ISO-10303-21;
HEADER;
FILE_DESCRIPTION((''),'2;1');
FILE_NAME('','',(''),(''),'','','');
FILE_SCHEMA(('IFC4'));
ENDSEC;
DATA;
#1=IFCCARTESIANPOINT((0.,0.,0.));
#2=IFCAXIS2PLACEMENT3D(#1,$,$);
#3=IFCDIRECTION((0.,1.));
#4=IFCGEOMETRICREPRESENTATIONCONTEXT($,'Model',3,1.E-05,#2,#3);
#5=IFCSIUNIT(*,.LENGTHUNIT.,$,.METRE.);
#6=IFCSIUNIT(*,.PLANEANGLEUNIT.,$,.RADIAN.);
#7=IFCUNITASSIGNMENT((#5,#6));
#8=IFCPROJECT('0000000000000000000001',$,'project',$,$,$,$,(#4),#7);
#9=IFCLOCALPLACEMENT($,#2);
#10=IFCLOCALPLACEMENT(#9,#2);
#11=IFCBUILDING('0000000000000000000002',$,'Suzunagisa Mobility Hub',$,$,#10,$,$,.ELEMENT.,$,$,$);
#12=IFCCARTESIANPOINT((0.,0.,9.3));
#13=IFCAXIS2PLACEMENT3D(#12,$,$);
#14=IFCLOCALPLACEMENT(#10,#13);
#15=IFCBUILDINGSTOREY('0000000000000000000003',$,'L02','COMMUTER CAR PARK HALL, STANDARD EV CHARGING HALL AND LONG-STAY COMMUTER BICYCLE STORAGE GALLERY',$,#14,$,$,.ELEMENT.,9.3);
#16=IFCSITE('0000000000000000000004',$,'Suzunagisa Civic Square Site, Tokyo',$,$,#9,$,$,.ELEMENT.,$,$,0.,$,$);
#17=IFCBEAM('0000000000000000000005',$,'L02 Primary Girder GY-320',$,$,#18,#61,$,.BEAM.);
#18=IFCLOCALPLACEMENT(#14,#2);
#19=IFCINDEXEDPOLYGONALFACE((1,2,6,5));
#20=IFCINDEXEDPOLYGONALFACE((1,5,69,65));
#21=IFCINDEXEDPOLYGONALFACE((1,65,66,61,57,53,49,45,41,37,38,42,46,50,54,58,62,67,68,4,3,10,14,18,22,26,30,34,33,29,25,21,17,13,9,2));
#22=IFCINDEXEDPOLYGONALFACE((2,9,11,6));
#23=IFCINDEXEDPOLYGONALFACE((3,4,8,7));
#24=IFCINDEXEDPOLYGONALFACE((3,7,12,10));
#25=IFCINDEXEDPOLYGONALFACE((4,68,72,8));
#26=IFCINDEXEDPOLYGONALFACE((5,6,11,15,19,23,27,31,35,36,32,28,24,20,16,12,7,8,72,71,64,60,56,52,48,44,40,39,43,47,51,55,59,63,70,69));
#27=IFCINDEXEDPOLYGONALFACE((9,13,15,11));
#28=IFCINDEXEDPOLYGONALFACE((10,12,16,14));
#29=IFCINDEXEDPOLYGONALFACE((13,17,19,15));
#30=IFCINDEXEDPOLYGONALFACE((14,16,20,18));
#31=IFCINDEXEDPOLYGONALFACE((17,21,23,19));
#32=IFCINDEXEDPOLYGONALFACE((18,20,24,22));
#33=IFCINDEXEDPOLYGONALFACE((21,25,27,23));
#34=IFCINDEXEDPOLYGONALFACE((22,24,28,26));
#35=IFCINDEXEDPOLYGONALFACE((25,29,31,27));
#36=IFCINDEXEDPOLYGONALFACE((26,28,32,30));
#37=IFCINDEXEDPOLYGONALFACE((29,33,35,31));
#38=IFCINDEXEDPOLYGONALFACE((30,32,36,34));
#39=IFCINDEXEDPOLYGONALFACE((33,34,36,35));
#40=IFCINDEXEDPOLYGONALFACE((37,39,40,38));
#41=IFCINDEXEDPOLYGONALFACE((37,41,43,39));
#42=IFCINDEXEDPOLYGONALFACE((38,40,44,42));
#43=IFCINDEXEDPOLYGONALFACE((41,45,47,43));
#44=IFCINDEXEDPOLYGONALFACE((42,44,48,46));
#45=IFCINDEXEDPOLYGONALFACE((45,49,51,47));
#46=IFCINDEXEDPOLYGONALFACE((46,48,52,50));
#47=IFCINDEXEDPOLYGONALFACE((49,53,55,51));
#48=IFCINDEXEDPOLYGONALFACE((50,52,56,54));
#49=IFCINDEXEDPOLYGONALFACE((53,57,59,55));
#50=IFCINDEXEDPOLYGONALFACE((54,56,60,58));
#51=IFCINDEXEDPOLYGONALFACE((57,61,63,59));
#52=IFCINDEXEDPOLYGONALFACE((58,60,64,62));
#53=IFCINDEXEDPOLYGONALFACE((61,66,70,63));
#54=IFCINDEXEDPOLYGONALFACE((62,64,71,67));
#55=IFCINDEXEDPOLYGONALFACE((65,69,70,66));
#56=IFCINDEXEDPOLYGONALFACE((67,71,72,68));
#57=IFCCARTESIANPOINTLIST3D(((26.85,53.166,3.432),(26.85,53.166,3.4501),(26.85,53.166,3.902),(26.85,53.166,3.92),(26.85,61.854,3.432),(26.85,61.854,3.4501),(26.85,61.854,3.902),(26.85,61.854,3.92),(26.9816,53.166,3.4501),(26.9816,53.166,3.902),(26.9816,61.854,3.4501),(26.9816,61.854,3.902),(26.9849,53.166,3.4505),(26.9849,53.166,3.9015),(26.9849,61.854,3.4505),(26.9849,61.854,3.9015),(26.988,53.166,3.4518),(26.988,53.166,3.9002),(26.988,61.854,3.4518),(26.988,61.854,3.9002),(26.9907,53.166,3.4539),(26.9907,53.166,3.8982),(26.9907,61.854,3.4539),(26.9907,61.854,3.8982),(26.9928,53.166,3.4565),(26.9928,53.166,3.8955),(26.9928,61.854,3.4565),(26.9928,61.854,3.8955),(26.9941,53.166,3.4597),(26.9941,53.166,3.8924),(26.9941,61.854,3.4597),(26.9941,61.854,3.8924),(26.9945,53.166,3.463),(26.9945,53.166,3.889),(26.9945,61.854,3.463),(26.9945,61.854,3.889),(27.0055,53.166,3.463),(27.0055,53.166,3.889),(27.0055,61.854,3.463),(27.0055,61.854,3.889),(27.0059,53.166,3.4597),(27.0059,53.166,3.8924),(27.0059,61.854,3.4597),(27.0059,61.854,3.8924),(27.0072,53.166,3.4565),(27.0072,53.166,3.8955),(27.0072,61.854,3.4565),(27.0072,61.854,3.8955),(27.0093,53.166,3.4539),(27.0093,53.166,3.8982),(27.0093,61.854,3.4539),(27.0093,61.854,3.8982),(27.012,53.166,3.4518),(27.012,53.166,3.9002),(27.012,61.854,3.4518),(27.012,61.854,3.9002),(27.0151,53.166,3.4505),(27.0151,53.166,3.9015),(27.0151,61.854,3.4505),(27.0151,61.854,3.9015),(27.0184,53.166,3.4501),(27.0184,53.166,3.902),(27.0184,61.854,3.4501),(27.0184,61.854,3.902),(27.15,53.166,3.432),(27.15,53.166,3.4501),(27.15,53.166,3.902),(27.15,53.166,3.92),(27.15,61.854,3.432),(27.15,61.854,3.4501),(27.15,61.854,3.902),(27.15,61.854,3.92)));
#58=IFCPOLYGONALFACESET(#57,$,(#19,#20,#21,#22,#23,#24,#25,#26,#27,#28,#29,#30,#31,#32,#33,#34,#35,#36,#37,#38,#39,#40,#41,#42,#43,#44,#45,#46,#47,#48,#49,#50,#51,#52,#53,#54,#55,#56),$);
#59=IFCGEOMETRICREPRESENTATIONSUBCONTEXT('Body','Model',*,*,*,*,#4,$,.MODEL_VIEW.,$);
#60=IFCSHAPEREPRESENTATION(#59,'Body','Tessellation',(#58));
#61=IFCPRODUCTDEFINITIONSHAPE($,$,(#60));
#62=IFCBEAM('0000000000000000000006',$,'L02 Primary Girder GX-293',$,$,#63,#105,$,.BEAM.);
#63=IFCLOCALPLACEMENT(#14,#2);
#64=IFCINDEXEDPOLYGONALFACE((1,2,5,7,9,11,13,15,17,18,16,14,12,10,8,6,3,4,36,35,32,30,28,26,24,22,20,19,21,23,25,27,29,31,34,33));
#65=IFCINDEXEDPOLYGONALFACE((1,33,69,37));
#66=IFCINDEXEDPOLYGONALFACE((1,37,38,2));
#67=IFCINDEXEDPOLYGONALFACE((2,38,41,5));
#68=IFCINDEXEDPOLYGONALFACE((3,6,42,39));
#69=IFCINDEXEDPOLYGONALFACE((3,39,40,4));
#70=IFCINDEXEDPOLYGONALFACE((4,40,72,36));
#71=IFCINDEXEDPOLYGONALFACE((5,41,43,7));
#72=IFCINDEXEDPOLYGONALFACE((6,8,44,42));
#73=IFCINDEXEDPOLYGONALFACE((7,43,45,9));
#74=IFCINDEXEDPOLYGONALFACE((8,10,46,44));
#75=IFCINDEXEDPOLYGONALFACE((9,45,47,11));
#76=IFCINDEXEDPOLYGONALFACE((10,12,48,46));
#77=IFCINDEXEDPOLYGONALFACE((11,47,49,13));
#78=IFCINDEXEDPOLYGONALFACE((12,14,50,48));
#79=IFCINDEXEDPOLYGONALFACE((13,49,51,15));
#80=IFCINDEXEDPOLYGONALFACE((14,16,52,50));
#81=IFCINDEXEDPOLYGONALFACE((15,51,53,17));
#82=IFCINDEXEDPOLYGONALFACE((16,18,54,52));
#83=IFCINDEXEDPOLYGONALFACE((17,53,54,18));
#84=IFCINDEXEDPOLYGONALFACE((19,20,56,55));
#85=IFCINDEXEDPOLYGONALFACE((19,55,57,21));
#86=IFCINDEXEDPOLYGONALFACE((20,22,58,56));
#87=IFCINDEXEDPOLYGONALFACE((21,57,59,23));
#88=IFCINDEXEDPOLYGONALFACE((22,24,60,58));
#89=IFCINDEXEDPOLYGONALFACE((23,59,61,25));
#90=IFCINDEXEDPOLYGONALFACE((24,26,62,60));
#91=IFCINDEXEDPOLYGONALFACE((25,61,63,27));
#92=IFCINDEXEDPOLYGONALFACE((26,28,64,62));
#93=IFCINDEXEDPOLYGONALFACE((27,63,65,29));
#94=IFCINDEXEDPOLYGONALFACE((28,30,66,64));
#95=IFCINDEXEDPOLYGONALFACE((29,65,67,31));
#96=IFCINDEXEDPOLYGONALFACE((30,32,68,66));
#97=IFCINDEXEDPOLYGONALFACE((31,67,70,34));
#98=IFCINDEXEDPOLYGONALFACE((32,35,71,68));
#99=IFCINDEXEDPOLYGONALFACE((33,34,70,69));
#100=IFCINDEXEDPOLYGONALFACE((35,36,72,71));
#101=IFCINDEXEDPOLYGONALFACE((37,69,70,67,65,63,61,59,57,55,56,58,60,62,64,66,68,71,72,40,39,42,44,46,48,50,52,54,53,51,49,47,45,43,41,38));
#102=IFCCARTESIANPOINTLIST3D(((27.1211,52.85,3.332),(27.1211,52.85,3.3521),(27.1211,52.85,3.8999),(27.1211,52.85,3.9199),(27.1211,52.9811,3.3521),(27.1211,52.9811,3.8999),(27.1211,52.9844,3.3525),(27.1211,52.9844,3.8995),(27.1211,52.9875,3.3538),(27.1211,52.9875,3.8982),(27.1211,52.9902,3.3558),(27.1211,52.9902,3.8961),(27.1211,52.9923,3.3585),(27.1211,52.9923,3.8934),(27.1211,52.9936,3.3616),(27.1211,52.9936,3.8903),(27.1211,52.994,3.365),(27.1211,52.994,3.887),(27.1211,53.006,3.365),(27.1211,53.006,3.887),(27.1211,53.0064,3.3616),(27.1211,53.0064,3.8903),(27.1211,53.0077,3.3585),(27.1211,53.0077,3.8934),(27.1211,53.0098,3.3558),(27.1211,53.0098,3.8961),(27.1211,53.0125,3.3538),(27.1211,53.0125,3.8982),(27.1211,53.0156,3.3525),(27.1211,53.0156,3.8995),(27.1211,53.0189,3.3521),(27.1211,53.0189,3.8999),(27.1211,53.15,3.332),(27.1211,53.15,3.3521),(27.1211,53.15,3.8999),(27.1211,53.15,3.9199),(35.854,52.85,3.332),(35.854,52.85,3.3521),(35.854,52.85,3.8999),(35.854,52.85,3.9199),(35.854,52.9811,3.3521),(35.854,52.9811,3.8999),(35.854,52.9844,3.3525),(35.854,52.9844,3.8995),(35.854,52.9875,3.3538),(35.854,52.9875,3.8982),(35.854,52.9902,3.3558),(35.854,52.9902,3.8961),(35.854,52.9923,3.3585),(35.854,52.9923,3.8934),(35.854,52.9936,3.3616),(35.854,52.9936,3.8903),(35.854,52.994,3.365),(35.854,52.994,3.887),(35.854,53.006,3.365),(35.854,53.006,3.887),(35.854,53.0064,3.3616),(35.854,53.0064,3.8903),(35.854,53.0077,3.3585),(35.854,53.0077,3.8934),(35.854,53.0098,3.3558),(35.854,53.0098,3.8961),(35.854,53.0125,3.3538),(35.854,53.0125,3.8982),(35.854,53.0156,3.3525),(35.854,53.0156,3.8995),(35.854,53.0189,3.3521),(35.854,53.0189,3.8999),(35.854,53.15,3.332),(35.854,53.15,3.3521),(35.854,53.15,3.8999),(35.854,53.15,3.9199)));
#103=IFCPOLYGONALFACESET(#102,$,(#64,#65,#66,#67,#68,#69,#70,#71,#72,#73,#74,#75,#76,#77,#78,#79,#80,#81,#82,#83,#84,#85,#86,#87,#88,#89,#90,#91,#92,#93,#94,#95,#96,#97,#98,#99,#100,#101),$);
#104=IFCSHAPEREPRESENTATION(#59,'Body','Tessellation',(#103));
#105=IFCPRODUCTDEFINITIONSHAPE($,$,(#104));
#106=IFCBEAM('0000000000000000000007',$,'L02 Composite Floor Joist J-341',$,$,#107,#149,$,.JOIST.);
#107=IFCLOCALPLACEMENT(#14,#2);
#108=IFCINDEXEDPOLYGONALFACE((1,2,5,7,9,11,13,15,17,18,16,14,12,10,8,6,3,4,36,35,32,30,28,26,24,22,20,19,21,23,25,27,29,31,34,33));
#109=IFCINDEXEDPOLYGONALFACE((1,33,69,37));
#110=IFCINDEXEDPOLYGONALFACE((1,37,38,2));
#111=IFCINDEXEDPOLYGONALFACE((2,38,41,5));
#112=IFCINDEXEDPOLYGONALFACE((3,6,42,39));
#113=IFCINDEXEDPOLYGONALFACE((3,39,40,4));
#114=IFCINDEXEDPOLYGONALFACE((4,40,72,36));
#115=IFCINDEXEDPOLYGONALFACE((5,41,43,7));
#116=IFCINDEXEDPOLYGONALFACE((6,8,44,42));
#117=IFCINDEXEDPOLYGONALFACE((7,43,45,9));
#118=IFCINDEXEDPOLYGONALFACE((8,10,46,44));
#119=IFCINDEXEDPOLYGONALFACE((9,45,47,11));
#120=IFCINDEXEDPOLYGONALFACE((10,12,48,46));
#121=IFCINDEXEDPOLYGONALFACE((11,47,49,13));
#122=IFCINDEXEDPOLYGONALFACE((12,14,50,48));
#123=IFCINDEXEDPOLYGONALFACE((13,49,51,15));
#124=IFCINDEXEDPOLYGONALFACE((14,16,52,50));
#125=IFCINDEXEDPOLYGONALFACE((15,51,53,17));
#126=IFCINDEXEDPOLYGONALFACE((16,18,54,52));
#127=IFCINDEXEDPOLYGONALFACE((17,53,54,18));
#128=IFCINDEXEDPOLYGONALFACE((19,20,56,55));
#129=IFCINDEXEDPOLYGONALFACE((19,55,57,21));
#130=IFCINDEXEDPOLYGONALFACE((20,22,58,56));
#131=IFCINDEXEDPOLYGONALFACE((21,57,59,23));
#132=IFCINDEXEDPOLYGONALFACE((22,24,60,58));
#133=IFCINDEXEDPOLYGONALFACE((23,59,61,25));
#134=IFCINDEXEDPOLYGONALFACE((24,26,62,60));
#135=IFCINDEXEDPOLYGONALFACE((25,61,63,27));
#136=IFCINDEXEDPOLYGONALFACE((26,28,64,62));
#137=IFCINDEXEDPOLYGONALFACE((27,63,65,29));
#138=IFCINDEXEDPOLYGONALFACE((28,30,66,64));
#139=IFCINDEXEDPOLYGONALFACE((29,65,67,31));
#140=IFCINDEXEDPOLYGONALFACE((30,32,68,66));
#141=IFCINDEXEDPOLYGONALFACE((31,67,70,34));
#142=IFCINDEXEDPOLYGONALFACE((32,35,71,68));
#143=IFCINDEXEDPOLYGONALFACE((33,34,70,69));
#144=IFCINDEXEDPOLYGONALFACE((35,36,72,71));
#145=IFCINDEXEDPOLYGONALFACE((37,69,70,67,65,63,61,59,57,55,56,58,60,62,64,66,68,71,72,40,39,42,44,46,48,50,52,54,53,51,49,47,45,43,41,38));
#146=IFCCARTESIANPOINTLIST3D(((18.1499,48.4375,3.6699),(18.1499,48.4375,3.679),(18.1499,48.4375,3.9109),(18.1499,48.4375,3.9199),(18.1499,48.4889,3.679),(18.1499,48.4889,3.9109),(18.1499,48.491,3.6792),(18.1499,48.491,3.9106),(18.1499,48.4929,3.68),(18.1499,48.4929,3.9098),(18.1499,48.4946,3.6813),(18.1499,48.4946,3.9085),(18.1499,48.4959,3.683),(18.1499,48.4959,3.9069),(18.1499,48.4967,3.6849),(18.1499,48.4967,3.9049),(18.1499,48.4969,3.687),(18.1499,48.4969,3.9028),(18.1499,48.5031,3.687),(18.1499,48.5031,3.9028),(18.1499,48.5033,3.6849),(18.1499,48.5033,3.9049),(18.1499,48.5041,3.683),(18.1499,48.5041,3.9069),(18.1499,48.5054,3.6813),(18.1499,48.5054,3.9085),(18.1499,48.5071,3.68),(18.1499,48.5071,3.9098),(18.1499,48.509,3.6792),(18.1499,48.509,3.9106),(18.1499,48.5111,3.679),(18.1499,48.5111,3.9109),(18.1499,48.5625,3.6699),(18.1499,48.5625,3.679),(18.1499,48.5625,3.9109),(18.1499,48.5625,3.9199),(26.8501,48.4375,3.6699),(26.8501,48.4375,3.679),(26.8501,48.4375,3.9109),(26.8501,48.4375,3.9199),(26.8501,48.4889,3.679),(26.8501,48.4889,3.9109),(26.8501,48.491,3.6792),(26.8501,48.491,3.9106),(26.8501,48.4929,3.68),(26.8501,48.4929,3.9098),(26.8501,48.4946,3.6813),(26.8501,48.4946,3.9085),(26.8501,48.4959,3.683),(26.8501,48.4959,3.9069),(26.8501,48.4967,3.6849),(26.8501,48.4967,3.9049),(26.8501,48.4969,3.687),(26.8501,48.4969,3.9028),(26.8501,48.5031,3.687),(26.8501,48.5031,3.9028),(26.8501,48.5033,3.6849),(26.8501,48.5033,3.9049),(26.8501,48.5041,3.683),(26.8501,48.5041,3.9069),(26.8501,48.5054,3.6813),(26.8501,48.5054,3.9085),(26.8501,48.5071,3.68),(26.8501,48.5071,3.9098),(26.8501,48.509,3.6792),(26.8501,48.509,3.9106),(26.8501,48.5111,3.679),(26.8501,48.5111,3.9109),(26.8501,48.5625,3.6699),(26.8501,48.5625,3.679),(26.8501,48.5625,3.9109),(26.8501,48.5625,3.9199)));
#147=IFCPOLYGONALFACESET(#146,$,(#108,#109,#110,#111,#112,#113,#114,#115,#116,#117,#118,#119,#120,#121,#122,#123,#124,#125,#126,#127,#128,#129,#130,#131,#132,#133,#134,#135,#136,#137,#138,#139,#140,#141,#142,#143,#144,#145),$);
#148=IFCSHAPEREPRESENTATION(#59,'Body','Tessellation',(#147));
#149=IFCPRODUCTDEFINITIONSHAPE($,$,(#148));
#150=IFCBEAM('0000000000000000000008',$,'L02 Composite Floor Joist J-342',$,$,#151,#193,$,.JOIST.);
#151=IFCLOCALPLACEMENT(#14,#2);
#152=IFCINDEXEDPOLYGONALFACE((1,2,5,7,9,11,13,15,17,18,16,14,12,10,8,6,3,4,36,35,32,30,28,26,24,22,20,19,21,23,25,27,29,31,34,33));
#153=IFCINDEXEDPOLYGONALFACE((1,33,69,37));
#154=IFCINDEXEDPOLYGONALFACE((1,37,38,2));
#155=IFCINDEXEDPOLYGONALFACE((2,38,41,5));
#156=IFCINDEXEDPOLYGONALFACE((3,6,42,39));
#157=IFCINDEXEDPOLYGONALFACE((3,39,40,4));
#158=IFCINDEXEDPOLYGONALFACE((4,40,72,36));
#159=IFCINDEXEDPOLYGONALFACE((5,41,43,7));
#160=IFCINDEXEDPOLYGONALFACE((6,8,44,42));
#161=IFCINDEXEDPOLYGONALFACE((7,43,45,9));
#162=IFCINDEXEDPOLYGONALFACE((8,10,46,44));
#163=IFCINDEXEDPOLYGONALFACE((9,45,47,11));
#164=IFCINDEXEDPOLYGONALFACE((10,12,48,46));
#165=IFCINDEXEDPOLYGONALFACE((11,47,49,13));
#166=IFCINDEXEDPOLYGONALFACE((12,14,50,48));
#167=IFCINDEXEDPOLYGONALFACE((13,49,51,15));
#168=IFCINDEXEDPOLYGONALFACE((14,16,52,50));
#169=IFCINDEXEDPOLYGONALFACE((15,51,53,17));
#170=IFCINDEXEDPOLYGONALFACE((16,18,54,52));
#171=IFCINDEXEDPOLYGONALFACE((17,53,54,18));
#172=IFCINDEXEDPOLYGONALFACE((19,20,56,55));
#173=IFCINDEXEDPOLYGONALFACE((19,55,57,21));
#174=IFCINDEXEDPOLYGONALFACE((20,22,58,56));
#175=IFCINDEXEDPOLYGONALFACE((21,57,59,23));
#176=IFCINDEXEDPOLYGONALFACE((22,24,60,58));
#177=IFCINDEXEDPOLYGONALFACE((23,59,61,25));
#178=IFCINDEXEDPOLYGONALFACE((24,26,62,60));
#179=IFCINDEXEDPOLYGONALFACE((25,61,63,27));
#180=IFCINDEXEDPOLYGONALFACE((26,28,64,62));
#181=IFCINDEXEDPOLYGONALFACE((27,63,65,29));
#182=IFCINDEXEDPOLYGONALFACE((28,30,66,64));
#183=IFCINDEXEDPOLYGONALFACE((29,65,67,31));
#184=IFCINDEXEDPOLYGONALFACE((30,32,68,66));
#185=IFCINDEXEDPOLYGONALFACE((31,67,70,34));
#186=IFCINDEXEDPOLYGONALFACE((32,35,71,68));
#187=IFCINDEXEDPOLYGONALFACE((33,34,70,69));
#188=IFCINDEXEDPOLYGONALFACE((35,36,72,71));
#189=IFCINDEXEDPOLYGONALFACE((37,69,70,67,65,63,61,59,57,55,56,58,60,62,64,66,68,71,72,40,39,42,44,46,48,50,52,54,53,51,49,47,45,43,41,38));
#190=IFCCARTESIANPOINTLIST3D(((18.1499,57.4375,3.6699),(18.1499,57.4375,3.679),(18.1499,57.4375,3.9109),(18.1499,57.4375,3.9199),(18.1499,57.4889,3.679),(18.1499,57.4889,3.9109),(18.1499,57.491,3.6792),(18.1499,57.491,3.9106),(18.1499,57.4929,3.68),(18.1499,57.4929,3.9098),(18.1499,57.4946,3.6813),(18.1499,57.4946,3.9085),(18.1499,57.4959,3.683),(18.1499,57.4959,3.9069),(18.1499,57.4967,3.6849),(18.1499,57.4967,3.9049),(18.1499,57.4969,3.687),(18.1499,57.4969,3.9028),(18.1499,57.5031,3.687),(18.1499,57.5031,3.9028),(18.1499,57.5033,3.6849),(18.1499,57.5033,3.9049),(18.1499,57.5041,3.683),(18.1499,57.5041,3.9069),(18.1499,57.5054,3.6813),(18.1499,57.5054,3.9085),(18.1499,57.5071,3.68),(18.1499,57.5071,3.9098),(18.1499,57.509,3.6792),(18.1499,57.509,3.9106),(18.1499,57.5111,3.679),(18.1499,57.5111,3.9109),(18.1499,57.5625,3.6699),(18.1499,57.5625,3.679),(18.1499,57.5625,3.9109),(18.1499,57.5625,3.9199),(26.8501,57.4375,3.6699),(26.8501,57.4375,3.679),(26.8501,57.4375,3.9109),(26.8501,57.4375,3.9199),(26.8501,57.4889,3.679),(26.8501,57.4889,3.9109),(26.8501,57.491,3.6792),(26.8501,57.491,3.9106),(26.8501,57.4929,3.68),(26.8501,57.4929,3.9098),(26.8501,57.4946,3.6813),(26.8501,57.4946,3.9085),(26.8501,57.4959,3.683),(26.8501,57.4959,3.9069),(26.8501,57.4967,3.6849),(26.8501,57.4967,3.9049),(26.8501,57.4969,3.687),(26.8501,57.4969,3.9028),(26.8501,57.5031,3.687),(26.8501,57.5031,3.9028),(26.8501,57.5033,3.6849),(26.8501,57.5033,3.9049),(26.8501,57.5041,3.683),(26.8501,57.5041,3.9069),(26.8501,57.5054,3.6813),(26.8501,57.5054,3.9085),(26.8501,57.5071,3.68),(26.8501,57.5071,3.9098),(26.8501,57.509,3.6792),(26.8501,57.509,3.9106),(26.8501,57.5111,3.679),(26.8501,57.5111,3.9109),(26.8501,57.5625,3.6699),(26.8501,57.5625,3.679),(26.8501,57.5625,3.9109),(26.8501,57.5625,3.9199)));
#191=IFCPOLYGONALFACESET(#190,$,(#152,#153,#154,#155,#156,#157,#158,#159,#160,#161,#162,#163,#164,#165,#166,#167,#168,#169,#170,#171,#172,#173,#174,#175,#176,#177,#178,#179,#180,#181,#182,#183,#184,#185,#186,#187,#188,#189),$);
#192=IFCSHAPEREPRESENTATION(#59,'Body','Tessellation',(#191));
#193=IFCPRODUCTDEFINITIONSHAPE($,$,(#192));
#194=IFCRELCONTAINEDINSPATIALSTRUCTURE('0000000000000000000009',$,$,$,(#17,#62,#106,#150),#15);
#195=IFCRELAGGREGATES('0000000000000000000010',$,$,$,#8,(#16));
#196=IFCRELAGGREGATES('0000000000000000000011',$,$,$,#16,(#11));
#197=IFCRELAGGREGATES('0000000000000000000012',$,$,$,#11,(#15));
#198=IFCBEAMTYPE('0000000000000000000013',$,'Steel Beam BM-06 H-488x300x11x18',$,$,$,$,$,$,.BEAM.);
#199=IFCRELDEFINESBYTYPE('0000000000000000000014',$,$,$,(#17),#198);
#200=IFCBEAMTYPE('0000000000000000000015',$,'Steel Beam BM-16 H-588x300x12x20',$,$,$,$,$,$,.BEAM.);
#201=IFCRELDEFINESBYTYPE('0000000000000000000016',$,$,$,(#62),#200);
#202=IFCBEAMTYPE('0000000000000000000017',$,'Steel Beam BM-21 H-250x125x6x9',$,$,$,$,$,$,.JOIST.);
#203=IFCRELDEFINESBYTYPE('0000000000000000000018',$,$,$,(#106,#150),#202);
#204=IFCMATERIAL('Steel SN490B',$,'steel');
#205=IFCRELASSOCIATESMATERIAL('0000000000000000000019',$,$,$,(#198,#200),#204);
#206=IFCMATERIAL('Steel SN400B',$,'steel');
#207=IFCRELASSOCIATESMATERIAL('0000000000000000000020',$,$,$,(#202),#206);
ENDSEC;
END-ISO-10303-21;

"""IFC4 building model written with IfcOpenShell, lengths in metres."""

from ifc_helpers import new_model, si_unit, direction, frame, origin, origin_2d, place, context, subcontext, project, spatial, i_section, extrude, material, material_profile, profile_set, type_object, element, save


model = new_model("IFC4")

# Units and contexts
model_context = context("Model", 3, precision=1e-05, world=origin(), true_north=direction((0.0, 1.0)))
body_context = subcontext(model_context, "Body", "Model", "MODEL_VIEW")
ifc_project = project(units=[si_unit("LENGTHUNIT", "METRE"), si_unit("PLANEANGLEUNIT", "RADIAN")], contexts=[model_context])

# Site, building, storey
site_placement = place(None, origin())
site = spatial("IfcSite", under=ifc_project, at=site_placement, Name="Suzunagisa Civic Square Site, Tokyo", CompositionType="ELEMENT", RefElevation=0.0)
building_placement = place(site_placement, origin())
building = spatial("IfcBuilding", under=site, at=building_placement, Name="Suzunagisa Mobility Hub", CompositionType="ELEMENT")
storey_placement = place(building_placement, frame((0.0, 0.0, 9.3)))
storey = spatial("IfcBuildingStorey", under=building, at=storey_placement, Name="L02", Description="COMMUTER CAR PARK HALL, STANDARD EV CHARGING HALL AND LONG-STAY COMMUTER BICYCLE STORAGE GALLERY", CompositionType="ELEMENT", Elevation=9.3)

# Shared definitions
ifc_material_1 = material(Name="Steel SN490B", Category="steel")

# Beams
ifc_material_profile_1 = material_profile(ifc_material_1, i_section(OverallWidth=0.3, OverallDepth=0.488, WebThickness=0.011, FlangeThickness=0.0181, FilletRadius=0.0129, at=origin_2d()), Name="H-488x300x11x18")
ifc_profile_set_1 = profile_set([ifc_material_profile_1], Name="Steel SN490B")
beam_type_1 = type_object("IfcBeamType", Name="Steel Beam BM-06 H-488x300x11x18", PredefinedType="BEAM", material=ifc_profile_set_1)
beam_1_placement = place(storey_placement, frame((27.0, 53.166, 3.676), z_axis=(0.0, 1.0, 0.0), x_axis=(-1.0, 0.0, 0.0)))
element("IfcBeam", 1, at=beam_1_placement, inside=storey, type_object=beam_type_1, Name="L02 Primary Girder GY-320", PredefinedType="BEAM", context=body_context, shape_type="SweptSolid", body=[
    extrude(i_section(OverallWidth=0.3, OverallDepth=0.488, WebThickness=0.011, FlangeThickness=0.0181, FilletRadius=0.0129, at=origin_2d()), origin(), (0.0, 0.0, 1.0), 8.688),
])
ifc_material_profile_2 = material_profile(ifc_material_1, i_section(OverallWidth=0.3, OverallDepth=0.5879, WebThickness=0.012, FlangeThickness=0.02, FilletRadius=0.0129, at=origin_2d()), Name="H-588x300x12x20")
ifc_profile_set_2 = profile_set([ifc_material_profile_2], Name="Steel SN490B")
beam_type_2 = type_object("IfcBeamType", Name="Steel Beam BM-16 H-588x300x12x20", PredefinedType="BEAM", material=ifc_profile_set_2)
beam_2_placement = place(storey_placement, frame((27.1211, 53.0, 3.626), z_axis=(1.0, 0.0, 0.0), x_axis=(0.0, 1.0, 0.0)))
element("IfcBeam", 2, at=beam_2_placement, inside=storey, type_object=beam_type_2, Name="L02 Primary Girder GX-293", PredefinedType="BEAM", context=body_context, shape_type="SweptSolid", body=[
    extrude(i_section(OverallWidth=0.3, OverallDepth=0.5879, WebThickness=0.012, FlangeThickness=0.02, FilletRadius=0.0129, at=origin_2d()), origin(), (0.0, 0.0, 1.0), 8.7329),
])
ifc_material_2 = material(Name="Steel SN400B", Category="steel")
ifc_material_profile_3 = material_profile(ifc_material_2, i_section(OverallWidth=0.125, OverallDepth=0.25, WebThickness=0.0061, FlangeThickness=0.009, FilletRadius=0.0081, at=origin_2d()), Name="H-250x125x6x9")
ifc_profile_set_3 = profile_set([ifc_material_profile_3], Name="Steel SN400B")
beam_type_3 = type_object("IfcBeamType", Name="Steel Beam BM-21 H-250x125x6x9", PredefinedType="JOIST", material=ifc_profile_set_3)
for number, where, z_axis, x_axis, name in (
    (3, (18.1499, 48.5, 3.7949), (1.0, 0.0, 0.0), (0.0, 1.0, 0.0), "L02 Composite Floor Joist J-341"),
    (4, (18.1499, 57.5, 3.7949), (1.0, 0.0, 0.0), (0.0, 1.0, 0.0), "L02 Composite Floor Joist J-342"),
):
    element("IfcBeam", number, at=place(storey_placement, frame(where, z_axis=z_axis, x_axis=x_axis)), inside=storey, type_object=beam_type_3, Name=name, PredefinedType="JOIST", context=body_context, shape_type="SweptSolid", body=[
        extrude(i_section(OverallWidth=0.125, OverallDepth=0.25, WebThickness=0.0061, FlangeThickness=0.009, FilletRadius=0.0081, at=origin_2d()), origin(), (0.0, 0.0, 1.0), 8.7002),
    ])

save(model, "model.ifc")
